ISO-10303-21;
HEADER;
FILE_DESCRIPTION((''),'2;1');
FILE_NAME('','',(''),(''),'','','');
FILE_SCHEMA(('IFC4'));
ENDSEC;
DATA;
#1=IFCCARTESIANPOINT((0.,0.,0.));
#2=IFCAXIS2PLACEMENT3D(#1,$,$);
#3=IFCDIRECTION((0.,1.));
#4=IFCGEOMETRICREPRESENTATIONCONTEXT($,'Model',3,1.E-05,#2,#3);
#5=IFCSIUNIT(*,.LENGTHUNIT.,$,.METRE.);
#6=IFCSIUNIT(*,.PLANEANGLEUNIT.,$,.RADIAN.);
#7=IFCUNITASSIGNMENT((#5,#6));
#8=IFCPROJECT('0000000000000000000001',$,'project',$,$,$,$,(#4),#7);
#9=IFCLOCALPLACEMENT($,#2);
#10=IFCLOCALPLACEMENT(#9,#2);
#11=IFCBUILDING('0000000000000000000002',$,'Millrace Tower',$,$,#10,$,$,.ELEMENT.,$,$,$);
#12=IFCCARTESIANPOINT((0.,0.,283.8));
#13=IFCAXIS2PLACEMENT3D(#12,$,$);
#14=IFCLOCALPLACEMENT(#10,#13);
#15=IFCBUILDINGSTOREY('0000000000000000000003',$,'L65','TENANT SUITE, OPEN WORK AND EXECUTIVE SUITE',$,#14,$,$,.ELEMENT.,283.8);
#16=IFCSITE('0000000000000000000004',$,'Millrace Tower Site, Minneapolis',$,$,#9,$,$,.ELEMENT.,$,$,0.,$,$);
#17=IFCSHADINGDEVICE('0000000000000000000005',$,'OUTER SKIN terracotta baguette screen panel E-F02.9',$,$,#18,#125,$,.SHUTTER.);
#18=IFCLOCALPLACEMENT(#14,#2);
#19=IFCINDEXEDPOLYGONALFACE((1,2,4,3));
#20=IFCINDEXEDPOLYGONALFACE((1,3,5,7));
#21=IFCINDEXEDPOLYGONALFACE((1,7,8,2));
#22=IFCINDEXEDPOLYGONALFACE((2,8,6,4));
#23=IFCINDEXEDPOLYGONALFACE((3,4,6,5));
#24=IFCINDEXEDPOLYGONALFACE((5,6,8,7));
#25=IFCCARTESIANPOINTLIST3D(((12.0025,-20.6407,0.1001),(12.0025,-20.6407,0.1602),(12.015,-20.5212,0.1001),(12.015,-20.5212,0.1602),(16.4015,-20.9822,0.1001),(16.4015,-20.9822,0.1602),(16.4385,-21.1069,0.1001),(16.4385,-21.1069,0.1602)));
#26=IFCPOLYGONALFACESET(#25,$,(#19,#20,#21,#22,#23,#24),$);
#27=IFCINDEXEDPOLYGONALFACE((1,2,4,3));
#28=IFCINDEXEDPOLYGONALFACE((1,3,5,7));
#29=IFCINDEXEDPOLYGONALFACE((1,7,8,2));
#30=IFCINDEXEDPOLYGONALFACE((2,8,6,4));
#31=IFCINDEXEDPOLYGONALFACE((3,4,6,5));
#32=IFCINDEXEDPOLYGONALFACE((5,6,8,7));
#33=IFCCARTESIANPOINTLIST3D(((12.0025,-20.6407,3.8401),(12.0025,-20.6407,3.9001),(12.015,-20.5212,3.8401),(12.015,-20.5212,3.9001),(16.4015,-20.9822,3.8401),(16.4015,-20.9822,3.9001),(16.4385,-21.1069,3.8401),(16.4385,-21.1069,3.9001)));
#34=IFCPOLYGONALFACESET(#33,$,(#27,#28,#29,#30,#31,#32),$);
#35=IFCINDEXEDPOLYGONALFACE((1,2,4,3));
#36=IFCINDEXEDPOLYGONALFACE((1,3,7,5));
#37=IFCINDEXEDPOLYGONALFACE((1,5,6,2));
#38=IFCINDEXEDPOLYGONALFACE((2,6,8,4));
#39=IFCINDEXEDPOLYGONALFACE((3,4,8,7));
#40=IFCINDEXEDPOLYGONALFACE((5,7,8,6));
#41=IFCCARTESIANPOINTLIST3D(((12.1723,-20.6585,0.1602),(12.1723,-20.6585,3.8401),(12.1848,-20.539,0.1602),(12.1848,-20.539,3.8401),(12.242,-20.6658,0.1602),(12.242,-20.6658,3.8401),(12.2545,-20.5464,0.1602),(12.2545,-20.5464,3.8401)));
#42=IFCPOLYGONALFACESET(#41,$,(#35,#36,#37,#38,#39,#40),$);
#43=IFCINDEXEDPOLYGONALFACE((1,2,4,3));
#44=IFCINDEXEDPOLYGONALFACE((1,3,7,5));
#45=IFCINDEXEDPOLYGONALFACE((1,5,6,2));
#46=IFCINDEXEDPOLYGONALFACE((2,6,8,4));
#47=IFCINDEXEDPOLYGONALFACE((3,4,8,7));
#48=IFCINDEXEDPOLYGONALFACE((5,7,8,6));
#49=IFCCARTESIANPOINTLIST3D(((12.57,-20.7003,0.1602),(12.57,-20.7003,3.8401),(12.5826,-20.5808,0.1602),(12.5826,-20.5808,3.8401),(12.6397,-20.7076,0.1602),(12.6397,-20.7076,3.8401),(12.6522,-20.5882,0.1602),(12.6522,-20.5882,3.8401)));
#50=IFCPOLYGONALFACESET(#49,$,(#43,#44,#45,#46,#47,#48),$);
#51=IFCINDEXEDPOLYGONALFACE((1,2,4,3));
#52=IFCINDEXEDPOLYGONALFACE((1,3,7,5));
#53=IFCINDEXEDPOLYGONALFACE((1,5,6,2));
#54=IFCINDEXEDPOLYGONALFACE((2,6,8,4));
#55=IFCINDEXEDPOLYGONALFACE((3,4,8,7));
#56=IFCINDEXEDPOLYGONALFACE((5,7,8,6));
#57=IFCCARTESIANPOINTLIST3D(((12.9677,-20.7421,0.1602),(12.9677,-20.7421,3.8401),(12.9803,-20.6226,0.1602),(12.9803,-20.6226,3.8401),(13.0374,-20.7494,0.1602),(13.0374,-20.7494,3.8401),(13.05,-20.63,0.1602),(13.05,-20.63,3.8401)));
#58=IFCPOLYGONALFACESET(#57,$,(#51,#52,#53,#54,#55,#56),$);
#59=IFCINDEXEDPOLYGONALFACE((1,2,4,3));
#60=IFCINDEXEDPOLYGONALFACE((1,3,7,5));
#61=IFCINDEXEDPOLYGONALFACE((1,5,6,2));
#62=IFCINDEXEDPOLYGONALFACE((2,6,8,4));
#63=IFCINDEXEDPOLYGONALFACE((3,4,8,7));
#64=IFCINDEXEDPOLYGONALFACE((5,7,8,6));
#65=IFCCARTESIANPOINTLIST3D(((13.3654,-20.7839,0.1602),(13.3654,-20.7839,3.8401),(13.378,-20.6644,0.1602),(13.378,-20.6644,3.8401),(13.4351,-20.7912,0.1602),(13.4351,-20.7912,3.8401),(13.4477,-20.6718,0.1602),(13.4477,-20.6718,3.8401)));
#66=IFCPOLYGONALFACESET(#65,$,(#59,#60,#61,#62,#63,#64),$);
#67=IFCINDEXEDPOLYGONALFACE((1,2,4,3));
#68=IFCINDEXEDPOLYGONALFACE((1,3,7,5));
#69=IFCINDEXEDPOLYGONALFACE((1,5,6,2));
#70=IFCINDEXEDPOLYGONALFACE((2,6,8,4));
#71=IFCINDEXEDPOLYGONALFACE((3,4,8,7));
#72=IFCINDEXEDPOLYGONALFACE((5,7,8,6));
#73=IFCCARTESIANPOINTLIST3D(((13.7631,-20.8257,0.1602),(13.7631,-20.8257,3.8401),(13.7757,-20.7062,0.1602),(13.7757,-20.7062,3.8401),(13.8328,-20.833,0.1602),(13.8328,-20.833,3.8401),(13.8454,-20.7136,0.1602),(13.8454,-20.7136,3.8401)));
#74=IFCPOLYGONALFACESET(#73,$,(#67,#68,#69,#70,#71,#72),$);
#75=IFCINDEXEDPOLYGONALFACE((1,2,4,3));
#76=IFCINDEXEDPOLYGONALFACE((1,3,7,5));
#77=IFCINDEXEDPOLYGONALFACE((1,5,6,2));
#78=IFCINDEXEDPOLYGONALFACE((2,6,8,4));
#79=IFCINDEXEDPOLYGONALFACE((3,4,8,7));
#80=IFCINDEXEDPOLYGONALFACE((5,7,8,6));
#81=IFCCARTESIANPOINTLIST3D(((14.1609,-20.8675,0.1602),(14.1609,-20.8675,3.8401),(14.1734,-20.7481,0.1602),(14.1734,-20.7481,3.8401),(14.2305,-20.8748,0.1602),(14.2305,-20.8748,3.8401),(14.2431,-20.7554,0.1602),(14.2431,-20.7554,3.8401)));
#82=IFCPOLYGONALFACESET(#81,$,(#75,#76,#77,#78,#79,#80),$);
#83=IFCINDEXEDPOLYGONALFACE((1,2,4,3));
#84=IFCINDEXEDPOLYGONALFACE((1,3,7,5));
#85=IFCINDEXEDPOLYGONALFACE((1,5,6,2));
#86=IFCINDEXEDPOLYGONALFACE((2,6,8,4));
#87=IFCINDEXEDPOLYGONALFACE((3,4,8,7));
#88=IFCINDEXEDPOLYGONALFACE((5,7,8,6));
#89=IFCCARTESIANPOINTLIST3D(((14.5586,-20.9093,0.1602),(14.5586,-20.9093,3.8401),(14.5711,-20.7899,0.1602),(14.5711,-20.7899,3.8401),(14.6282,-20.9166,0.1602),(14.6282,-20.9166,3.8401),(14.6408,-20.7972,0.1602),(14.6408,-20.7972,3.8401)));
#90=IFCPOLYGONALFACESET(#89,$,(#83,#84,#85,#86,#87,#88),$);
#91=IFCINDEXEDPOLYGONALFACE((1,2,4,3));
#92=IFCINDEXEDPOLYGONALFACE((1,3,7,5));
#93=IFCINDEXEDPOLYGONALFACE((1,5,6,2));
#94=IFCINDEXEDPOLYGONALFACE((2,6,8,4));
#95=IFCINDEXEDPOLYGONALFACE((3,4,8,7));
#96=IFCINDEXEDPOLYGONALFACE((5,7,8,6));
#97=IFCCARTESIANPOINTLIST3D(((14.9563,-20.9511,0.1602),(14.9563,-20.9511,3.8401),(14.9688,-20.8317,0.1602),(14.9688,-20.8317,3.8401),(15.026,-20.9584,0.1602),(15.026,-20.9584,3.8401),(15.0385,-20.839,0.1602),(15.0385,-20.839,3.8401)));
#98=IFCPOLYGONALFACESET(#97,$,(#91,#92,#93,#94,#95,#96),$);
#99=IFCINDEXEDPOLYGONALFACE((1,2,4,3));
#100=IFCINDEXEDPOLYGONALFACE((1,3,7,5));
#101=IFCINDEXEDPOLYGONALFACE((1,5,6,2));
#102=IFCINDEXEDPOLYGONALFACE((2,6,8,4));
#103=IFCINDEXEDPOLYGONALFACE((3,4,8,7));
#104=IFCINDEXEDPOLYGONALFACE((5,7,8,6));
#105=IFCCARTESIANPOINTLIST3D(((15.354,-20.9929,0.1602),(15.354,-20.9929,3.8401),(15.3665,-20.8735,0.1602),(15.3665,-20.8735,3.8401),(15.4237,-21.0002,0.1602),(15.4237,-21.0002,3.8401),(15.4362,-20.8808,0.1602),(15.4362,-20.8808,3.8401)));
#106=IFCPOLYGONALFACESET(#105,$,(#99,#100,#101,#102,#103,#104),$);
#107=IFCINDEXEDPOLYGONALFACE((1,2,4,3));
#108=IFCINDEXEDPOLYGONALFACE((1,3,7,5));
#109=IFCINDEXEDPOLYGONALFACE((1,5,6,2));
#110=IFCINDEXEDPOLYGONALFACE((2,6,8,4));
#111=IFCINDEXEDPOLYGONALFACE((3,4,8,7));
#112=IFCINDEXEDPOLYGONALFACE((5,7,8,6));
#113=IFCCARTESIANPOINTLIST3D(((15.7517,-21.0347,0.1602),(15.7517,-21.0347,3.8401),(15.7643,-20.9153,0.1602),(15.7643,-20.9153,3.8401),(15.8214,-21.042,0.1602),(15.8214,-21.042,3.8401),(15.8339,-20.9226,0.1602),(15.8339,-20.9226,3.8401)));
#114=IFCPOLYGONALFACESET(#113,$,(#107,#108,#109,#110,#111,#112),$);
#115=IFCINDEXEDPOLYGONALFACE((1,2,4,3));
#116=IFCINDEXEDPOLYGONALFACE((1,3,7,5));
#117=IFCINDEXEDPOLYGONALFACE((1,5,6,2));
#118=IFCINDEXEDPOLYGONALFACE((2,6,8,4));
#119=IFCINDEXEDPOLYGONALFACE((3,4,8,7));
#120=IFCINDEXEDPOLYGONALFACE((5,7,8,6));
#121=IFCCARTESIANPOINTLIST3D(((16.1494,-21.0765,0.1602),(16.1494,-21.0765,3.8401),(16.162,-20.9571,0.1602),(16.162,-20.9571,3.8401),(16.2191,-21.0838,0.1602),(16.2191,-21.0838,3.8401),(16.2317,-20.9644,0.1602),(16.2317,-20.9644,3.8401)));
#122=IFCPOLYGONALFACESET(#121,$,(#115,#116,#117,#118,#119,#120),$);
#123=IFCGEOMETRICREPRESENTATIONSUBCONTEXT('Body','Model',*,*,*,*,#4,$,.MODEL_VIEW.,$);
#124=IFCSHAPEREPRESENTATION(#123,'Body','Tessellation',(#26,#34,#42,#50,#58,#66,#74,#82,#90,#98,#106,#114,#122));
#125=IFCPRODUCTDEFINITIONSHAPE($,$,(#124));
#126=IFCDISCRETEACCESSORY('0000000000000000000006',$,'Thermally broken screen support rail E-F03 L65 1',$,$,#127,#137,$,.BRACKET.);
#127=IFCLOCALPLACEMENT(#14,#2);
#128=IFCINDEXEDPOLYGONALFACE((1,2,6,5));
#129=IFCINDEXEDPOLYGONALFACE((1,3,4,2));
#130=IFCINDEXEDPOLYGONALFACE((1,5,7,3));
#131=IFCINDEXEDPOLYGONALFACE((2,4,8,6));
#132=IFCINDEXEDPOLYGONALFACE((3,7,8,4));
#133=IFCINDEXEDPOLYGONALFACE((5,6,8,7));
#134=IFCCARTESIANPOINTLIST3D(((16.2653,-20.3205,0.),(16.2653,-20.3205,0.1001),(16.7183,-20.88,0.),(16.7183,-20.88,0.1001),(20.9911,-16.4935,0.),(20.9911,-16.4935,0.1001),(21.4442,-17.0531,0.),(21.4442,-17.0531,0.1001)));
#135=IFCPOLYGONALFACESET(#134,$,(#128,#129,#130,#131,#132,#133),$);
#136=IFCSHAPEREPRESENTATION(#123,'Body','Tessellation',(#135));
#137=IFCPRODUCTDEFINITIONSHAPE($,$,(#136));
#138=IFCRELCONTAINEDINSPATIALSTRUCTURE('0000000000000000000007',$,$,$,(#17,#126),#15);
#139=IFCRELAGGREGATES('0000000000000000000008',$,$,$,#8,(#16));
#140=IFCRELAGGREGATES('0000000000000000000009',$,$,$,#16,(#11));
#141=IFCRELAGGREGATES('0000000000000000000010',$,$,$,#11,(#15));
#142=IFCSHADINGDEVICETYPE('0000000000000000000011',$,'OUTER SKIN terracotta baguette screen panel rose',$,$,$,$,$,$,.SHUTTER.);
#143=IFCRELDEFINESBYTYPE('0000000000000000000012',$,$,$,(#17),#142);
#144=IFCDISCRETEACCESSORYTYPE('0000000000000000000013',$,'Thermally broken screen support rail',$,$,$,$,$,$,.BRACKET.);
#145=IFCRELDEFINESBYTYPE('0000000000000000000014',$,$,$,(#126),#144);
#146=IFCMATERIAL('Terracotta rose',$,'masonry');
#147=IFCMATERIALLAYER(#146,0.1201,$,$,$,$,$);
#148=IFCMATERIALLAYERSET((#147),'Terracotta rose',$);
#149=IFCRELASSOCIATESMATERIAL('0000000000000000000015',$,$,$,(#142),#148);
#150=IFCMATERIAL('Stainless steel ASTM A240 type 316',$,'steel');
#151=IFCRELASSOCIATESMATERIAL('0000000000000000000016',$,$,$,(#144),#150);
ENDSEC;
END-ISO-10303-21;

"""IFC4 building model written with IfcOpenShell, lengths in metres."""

from ifc_helpers import new_model, entity, si_unit, direction, frame, frame_2d, origin, origin_2d, place, context, subcontext, project, spatial, rectangle, extrude, source, transform, mapped, material, layer, layer_set, type_object, element, save


model = new_model("IFC4")

# Units and contexts
model_context = context("Model", 3, precision=1e-05, world=origin(), true_north=direction((0.0, 1.0)))
body_context = subcontext(model_context, "Body", "Model", "MODEL_VIEW")
ifc_project = project(units=[si_unit("LENGTHUNIT", "METRE"), si_unit("PLANEANGLEUNIT", "RADIAN")], contexts=[model_context])

# Site, building, storey
site_placement = place(None, origin())
site = spatial("IfcSite", under=ifc_project, at=site_placement, Name="Millrace Tower Site, Minneapolis", CompositionType="ELEMENT", RefElevation=0.0)
building_placement = place(site_placement, origin())
building = spatial("IfcBuilding", under=site, at=building_placement, Name="Millrace Tower", CompositionType="ELEMENT")
storey_placement = place(building_placement, frame((0.0, 0.0, 283.8)))
storey = spatial("IfcBuildingStorey", under=building, at=storey_placement, Name="L65", Description="TENANT SUITE, OPEN WORK AND EXECUTIVE SUITE", CompositionType="ELEMENT", Elevation=283.8)

# Shading device
ifc_material_1 = material(Name="Terracotta rose", Category="masonry")
ifc_layer_1 = layer(ifc_material_1, 0.1201)
ifc_layer_set_1 = layer_set([ifc_layer_1], Name="Terracotta rose")
shading_device_type = type_object("IfcShadingDeviceType", Name="OUTER SKIN terracotta baguette screen panel rose", PredefinedType="SHUTTER", material=ifc_layer_set_1)
cartesian_point_1 = entity("IfcCartesianPoint", [-2.2178, 0.0601])
shared_polyline_1 = entity("IfcPolyline", [cartesian_point_1, entity("IfcCartesianPoint", [2.1929, 0.0601]), entity("IfcCartesianPoint", [2.2427, -0.0601]), entity("IfcCartesianPoint", [-2.2178, -0.0601]), cartesian_point_1])
shared_shape_1 = source(origin(), body_context, "Body", "SweptSolid", [
    entity("IfcExtrudedAreaSolid", entity("IfcArbitraryClosedProfileDef", "AREA", None, shared_polyline_1), entity("IfcAxis2Placement3D", entity("IfcCartesianPoint", [0.0, 0.0, 0.0])), entity("IfcDirection", [0.0, 0.0, 1.0]), 0.0601),
    entity("IfcExtrudedAreaSolid", entity("IfcArbitraryClosedProfileDef", "AREA", None, shared_polyline_1), entity("IfcAxis2Placement3D", entity("IfcCartesianPoint", [0.0, 0.0, 3.74])), entity("IfcDirection", [0.0, 0.0, 1.0]), 0.0601),
    extrude(rectangle(XDim=0.0701, YDim=0.1201, at=frame_2d((-2.012, 0.0))), frame((0.0, 0.0, 0.0601)), (0.0, 0.0, 1.0), 3.6799),
    extrude(rectangle(XDim=0.0701, YDim=0.1201, at=frame_2d((-1.6121, 0.0))), frame((0.0, 0.0, 0.0601)), (0.0, 0.0, 1.0), 3.6799),
    extrude(rectangle(XDim=0.0701, YDim=0.1201, at=frame_2d((-1.2122, 0.0))), frame((0.0, 0.0, 0.0601)), (0.0, 0.0, 1.0), 3.6799),
    extrude(rectangle(XDim=0.0701, YDim=0.1201, at=frame_2d((-0.8123, 0.0))), frame((0.0, 0.0, 0.0601)), (0.0, 0.0, 1.0), 3.6799),
    extrude(rectangle(XDim=0.0701, YDim=0.1201, at=frame_2d((-0.4124, 0.0))), frame((0.0, 0.0, 0.0601)), (0.0, 0.0, 1.0), 3.6799),
    extrude(rectangle(XDim=0.0701, YDim=0.1201, at=frame_2d((-0.0125, 0.0))), frame((0.0, 0.0, 0.0601)), (0.0, 0.0, 1.0), 3.6799),
    extrude(rectangle(XDim=0.0701, YDim=0.1201, at=frame_2d((0.3875, 0.0))), frame((0.0, 0.0, 0.0601)), (0.0, 0.0, 1.0), 3.6799),
    extrude(rectangle(XDim=0.0701, YDim=0.1201, at=frame_2d((0.7874, 0.0))), frame((0.0, 0.0, 0.0601)), (0.0, 0.0, 1.0), 3.6799),
    extrude(rectangle(XDim=0.0701, YDim=0.1201, at=frame_2d((1.1873, 0.0))), frame((0.0, 0.0, 0.0601)), (0.0, 0.0, 1.0), 3.6799),
    extrude(rectangle(XDim=0.0701, YDim=0.1201, at=frame_2d((1.5872, 0.0))), frame((0.0, 0.0, 0.0601)), (0.0, 0.0, 1.0), 3.6799),
    extrude(rectangle(XDim=0.0701, YDim=0.1201, at=frame_2d((1.9871, 0.0))), frame((0.0, 0.0, 0.0601)), (0.0, 0.0, 1.0), 3.6799),
])
shading_device_1_placement = place(storey_placement, frame((14.2144, -20.8127, 0.1001), z_axis=(0.0, 0.0, 1.0), x_axis=(0.994522, -0.104528, 0.0)))
element("IfcShadingDevice", 1, at=shading_device_1_placement, inside=storey, type_object=shading_device_type, Name="OUTER SKIN terracotta baguette screen panel E-F02.9", PredefinedType="SHUTTER", context=body_context, shape_type="MappedRepresentation", body=[
    mapped(shared_shape_1, transform((0.0, 0.0, 0.0), scale=1.0)),
])

# Discrete accessory
ifc_material_2 = material(Name="Stainless steel ASTM A240 type 316", Category="steel")
discrete_accessory_type = type_object("IfcDiscreteAccessoryType", Name="Thermally broken screen support rail", PredefinedType="BRACKET", material=ifc_material_2)
discrete_accessory_placement = place(storey_placement, frame((18.8547, -18.6868, 0.0), z_axis=(0.0, 0.0, 1.0), x_axis=(0.777146, 0.62932, 0.0)))
element("IfcDiscreteAccessory", 2, at=discrete_accessory_placement, inside=storey, type_object=discrete_accessory_type, Name="Thermally broken screen support rail E-F03 L65 1", PredefinedType="BRACKET", context=body_context, shape_type="SweptSolid", body=[
    extrude(rectangle(XDim=6.0811, YDim=0.72, at=origin_2d()), origin(), (0.0, 0.0, 1.0), 0.1001),
])

save(model, "model.ifc")
